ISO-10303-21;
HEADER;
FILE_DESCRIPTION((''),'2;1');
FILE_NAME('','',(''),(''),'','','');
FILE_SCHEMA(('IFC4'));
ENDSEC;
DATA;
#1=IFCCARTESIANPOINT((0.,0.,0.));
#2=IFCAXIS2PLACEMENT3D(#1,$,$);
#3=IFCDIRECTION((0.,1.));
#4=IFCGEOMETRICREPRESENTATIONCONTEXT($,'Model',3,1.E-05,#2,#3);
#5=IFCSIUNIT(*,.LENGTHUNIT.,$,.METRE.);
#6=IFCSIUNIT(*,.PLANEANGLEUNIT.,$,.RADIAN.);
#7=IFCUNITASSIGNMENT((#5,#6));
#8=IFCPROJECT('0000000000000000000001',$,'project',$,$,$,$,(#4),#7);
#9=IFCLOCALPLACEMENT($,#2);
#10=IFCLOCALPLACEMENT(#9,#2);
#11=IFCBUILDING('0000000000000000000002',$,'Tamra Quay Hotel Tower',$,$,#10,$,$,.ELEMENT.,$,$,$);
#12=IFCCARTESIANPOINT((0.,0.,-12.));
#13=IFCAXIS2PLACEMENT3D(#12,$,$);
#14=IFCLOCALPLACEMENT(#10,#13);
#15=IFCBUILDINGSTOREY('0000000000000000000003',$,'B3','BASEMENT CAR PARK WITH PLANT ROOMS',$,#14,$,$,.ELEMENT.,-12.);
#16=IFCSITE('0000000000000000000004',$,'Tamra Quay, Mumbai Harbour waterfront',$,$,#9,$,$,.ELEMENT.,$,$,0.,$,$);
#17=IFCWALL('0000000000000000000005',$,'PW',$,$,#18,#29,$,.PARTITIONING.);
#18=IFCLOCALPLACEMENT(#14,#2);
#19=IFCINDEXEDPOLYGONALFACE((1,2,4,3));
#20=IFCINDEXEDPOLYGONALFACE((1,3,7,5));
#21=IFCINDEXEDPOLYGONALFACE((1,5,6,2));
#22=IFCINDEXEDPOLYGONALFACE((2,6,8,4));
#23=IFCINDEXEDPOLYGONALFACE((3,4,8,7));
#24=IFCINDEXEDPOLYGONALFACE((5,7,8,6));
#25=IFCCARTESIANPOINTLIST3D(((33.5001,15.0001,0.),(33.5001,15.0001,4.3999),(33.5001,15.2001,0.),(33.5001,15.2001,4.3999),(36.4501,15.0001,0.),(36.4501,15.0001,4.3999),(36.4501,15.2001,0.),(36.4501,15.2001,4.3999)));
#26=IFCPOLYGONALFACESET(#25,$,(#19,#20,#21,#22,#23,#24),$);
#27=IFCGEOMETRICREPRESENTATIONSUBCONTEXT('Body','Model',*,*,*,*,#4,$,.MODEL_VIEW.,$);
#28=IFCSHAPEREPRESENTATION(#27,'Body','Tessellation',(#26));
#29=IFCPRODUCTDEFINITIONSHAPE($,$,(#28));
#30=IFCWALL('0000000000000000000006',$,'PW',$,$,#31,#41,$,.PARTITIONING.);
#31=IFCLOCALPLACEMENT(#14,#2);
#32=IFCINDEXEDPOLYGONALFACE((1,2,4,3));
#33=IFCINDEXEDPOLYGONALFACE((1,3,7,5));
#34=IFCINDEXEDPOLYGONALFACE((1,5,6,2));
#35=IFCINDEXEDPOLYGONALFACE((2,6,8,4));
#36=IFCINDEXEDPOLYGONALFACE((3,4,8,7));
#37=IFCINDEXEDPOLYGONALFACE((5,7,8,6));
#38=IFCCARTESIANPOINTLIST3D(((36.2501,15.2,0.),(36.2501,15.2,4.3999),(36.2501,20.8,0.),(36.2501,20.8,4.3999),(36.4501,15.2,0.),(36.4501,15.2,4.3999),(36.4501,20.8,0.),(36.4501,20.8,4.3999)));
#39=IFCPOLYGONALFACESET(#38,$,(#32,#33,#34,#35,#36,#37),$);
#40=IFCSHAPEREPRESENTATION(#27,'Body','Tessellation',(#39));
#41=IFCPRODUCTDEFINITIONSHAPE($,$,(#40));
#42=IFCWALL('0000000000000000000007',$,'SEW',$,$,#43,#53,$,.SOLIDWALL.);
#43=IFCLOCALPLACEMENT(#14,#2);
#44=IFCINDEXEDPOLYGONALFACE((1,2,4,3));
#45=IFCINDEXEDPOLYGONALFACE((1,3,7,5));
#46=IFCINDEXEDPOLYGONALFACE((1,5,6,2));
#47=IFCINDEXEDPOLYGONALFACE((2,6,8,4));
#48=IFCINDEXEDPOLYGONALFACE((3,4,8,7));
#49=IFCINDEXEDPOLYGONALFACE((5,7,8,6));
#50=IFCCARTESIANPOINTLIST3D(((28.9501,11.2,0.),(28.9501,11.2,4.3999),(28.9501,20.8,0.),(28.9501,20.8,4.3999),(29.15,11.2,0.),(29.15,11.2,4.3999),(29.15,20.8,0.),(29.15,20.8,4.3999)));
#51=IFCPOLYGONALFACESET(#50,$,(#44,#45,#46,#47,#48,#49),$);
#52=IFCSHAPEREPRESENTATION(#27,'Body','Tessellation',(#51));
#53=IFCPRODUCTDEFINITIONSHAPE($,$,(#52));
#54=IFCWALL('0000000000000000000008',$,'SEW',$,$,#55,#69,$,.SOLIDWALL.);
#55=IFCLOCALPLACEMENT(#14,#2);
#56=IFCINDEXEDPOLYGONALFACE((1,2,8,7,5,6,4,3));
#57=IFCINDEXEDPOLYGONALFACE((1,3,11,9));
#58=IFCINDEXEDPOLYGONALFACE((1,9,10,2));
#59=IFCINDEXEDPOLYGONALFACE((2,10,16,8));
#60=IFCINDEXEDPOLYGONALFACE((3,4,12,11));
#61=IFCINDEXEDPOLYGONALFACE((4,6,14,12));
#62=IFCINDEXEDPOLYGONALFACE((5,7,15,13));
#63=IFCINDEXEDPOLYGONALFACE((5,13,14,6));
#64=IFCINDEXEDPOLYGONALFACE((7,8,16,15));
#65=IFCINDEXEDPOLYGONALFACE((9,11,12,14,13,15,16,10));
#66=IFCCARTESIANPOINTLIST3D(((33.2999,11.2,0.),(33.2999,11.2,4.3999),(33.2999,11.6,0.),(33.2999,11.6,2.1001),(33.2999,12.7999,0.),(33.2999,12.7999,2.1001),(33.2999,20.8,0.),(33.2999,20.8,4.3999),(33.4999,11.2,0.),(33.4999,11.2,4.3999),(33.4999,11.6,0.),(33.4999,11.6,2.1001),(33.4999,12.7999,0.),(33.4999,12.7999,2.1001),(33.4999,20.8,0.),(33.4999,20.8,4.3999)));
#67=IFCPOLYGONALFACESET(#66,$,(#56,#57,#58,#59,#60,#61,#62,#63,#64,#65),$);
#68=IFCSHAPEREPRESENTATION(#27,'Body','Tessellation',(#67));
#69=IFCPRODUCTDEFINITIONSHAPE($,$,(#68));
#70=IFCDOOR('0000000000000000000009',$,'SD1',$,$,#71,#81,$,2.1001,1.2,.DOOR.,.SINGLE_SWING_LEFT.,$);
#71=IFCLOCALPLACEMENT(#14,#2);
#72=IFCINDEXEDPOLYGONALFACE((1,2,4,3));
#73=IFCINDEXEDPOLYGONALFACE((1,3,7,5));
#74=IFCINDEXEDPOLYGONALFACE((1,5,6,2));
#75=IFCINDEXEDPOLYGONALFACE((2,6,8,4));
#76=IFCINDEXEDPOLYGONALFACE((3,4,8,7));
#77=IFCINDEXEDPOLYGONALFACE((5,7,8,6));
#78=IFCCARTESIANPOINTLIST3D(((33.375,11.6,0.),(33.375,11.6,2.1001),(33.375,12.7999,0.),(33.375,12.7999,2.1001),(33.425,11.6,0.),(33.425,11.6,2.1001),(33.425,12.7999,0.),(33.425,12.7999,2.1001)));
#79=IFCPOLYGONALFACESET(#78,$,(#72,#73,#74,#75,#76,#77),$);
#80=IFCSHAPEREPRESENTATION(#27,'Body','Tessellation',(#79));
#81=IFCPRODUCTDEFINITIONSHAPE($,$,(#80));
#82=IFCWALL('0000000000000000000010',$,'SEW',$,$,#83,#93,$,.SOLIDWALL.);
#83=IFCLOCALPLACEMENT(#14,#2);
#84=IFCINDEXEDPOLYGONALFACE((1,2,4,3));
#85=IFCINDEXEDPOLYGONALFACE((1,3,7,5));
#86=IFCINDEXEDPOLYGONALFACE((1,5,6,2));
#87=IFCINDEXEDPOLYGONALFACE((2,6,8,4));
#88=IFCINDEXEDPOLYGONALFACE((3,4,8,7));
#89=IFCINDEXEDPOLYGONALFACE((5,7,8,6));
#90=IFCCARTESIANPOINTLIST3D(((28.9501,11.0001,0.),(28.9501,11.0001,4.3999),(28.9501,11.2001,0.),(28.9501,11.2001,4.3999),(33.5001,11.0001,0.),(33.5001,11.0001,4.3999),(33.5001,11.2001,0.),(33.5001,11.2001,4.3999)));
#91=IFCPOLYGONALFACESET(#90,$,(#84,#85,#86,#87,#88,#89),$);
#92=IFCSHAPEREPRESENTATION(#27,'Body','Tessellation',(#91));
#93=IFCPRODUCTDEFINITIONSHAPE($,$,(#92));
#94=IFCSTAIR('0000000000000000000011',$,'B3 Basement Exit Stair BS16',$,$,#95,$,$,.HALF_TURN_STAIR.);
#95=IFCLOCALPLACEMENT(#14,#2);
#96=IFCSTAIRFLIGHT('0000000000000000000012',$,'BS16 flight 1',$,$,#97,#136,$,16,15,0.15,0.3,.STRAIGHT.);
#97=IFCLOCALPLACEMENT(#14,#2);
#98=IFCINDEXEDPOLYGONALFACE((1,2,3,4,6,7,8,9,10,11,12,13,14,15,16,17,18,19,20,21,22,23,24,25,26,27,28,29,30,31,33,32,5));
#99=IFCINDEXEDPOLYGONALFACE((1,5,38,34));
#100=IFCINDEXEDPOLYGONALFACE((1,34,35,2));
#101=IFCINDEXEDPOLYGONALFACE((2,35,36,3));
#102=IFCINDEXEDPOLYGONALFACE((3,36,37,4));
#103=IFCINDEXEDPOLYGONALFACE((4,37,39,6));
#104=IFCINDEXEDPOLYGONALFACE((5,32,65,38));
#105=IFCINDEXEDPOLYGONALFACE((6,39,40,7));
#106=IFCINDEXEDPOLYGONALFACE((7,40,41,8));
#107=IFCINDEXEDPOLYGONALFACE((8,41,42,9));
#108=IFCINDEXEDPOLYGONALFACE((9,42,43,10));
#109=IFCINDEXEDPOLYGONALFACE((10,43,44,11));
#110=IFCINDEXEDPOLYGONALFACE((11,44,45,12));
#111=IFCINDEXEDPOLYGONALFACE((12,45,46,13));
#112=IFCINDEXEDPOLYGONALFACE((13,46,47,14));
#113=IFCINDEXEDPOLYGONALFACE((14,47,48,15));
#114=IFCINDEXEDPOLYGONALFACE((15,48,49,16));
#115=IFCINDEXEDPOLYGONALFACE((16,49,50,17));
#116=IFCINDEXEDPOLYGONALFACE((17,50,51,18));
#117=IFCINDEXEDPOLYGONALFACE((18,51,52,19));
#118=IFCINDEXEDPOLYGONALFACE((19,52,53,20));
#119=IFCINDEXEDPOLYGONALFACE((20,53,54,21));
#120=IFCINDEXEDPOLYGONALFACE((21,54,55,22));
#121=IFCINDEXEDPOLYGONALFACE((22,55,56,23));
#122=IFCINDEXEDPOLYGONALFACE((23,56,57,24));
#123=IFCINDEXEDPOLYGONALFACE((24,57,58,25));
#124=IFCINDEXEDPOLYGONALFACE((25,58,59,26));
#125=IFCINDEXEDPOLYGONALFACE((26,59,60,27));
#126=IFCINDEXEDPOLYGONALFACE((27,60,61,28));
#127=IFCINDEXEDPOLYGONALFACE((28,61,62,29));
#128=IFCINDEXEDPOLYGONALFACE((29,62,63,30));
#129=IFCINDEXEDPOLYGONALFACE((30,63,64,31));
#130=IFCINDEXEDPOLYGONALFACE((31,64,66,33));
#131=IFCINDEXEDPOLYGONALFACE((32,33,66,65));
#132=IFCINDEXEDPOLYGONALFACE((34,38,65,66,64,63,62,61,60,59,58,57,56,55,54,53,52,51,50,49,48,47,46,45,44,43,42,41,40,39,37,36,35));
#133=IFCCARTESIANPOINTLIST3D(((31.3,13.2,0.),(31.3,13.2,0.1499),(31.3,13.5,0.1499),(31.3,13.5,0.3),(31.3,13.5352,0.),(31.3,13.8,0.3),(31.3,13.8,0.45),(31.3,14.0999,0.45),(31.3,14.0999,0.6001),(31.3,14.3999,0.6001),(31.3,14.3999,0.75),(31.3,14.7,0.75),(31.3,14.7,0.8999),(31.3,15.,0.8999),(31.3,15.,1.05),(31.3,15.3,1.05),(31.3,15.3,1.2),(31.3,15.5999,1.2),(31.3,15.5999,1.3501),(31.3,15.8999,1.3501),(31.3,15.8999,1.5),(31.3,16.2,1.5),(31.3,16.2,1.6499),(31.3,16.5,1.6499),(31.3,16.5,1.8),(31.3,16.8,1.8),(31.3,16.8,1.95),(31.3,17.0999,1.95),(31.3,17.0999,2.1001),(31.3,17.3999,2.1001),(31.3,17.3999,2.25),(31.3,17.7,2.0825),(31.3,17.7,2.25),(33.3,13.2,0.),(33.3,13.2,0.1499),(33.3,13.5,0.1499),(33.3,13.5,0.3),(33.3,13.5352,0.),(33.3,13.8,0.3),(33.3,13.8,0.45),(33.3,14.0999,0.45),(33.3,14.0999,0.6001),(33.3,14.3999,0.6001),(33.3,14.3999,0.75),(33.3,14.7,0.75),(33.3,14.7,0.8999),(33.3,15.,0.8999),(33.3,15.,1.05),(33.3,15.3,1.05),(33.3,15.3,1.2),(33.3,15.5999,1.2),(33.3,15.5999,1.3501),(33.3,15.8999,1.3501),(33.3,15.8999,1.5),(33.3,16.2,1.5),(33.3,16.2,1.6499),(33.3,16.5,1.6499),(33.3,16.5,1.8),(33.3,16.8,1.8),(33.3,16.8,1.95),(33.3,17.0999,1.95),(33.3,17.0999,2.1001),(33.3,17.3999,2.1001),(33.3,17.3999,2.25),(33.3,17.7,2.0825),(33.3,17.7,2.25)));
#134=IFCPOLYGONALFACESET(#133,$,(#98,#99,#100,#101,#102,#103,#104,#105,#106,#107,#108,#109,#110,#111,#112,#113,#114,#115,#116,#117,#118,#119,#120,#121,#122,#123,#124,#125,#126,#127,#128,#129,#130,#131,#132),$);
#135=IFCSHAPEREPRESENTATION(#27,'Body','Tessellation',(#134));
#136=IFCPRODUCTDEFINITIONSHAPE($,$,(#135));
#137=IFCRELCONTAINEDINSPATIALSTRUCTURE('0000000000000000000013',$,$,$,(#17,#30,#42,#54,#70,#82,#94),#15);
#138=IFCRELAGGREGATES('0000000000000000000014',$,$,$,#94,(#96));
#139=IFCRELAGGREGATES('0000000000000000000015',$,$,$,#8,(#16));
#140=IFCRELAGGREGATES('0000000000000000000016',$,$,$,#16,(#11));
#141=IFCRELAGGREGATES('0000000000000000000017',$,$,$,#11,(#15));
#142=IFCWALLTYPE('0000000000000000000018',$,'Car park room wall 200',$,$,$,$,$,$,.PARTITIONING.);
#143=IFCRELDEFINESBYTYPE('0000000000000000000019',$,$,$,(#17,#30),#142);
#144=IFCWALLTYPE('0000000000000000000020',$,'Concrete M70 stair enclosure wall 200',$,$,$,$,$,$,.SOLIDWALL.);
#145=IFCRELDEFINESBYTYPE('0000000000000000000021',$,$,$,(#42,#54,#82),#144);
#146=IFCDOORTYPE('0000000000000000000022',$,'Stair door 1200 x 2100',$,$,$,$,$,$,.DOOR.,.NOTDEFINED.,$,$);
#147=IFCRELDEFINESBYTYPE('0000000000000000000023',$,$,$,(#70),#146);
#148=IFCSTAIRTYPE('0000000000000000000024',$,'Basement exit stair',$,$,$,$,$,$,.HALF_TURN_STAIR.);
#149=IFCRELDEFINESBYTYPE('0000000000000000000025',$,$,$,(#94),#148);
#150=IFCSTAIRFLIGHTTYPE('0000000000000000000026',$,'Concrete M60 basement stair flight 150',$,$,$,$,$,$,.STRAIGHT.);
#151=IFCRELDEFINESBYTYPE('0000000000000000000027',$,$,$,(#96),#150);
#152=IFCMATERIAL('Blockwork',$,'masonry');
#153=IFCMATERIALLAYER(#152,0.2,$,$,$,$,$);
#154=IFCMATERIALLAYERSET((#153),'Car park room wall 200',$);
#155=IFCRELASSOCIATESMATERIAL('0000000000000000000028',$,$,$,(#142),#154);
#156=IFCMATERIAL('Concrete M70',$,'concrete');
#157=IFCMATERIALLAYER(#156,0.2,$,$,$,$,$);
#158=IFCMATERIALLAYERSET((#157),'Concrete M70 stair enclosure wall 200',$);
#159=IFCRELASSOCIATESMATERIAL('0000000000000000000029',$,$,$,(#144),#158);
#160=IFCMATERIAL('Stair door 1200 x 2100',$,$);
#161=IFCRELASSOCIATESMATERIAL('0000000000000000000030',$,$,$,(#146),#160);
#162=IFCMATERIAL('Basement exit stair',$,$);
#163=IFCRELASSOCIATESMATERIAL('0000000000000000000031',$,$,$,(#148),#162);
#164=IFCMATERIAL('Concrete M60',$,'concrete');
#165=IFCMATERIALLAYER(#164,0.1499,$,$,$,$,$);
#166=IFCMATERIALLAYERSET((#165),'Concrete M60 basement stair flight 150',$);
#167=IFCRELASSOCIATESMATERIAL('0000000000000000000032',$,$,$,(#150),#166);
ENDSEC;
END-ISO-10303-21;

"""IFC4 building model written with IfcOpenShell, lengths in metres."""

from ifc_helpers import new_model, si_unit, direction, frame, frame_2d, origin, place, context, subcontext, project, spatial, polyline, rectangle, outline, extrude, material, layer, layer_set, type_object, element, fill, aggregate, save


model = new_model("IFC4")

# Units and contexts
model_context = context("Model", 3, precision=1e-05, world=origin(), true_north=direction((0.0, 1.0)))
body_context = subcontext(model_context, "Body", "Model", "MODEL_VIEW")
ifc_project = project(units=[si_unit("LENGTHUNIT", "METRE"), si_unit("PLANEANGLEUNIT", "RADIAN")], contexts=[model_context])

# Site, building, storey
site_placement = place(None, origin())
site = spatial("IfcSite", under=ifc_project, at=site_placement, Name="Tamra Quay, Mumbai Harbour waterfront", CompositionType="ELEMENT", RefElevation=0.0)
building_placement = place(site_placement, origin())
building = spatial("IfcBuilding", under=site, at=building_placement, Name="Tamra Quay Hotel Tower", CompositionType="ELEMENT")
storey_placement = place(building_placement, frame((0.0, 0.0, -12.0)))
storey = spatial("IfcBuildingStorey", under=building, at=storey_placement, Name="B3", Description="BASEMENT CAR PARK WITH PLANT ROOMS", CompositionType="ELEMENT", Elevation=-12.0)

# Shared definitions
ifc_material_1 = material(Name="Concrete M70", Category="concrete")

# Shared definitions
ifc_material_2 = material(Name="Blockwork", Category="masonry")
ifc_layer_1 = layer(ifc_material_2, 0.2)
ifc_layer_set_1 = layer_set([ifc_layer_1], Name="Car park room wall 200")
wall_type_1 = type_object("IfcWallType", Name="Car park room wall 200", PredefinedType="PARTITIONING", material=ifc_layer_set_1)

# Walls
wall_1_placement = place(storey_placement, frame((33.5, 15.1001, 0.0), z_axis=(0.0, 0.0, 1.0), x_axis=(1.0, 0.0, 0.0)))
element("IfcWall", 1, at=wall_1_placement, inside=storey, type_object=wall_type_1, Name="PW", PredefinedType="PARTITIONING", context=body_context, shape_type="SweptSolid", body=[
    extrude(rectangle(XDim=2.95, YDim=0.2, at=frame_2d((1.4751, 0.0))), origin(), (0.0, 0.0, 1.0), 4.3999),
])
wall_2_placement = place(storey_placement, frame((36.3501, 15.2, 0.0), z_axis=(0.0, 0.0, 1.0), x_axis=(0.0, 1.0, 0.0)))
element("IfcWall", 2, at=wall_2_placement, inside=storey, type_object=wall_type_1, Name="PW", PredefinedType="PARTITIONING", context=body_context, shape_type="SweptSolid", body=[
    extrude(rectangle(XDim=5.6001, YDim=0.2, at=frame_2d((2.8, 0.0))), origin(), (0.0, 0.0, 1.0), 4.3999),
])
ifc_layer_2 = layer(ifc_material_1, 0.2)
ifc_layer_set_2 = layer_set([ifc_layer_2], Name="Concrete M70 stair enclosure wall 200")
wall_type_2 = type_object("IfcWallType", Name="Concrete M70 stair enclosure wall 200", PredefinedType="SOLIDWALL", material=ifc_layer_set_2)
wall_3_placement = place(storey_placement, frame((29.05, 11.2, 0.0), z_axis=(0.0, 0.0, 1.0), x_axis=(0.0, 1.0, 0.0)))
element("IfcWall", 3, at=wall_3_placement, inside=storey, type_object=wall_type_2, Name="SEW", PredefinedType="SOLIDWALL", context=body_context, shape_type="SweptSolid", body=[
    extrude(rectangle(XDim=9.6001, YDim=0.2, at=frame_2d((4.8, 0.0))), origin(), (0.0, 0.0, 1.0), 4.3999),
])

# Wall, opening, door
wall_4_placement = place(storey_placement, frame((33.3999, 11.2, 0.0), z_axis=(0.0, 0.0, 1.0), x_axis=(0.0, 1.0, 0.0)))
wall_4 = element("IfcWall", 4, at=wall_4_placement, inside=storey, type_object=wall_type_2, Name="SEW", PredefinedType="SOLIDWALL", context=body_context, shape_type="SweptSolid", body=[
    extrude(rectangle(XDim=9.6001, YDim=0.2, at=frame_2d((4.8, 0.0))), origin(), (0.0, 0.0, 1.0), 4.3999),
])
opening_1_placement = place(wall_4_placement, frame((0.3999, 0.0, 0.0)))
opening_1 = element("IfcOpeningElement", 5, at=opening_1_placement, cuts=wall_4, PredefinedType="OPENING", context=body_context, shape_type="SweptSolid", body=[
    extrude(rectangle(XDim=1.2, YDim=2.1001, at=frame_2d((0.6001, 1.05))), frame((0.0, 0.1099, 0.0), z_axis=(0.0, -1.0, 0.0), x_axis=(1.0, 0.0, 0.0)), (0.0, 0.0, 1.0), 0.22),
])
ifc_material_3 = material(Name="Stair door 1200 x 2100")
door_type_1 = type_object("IfcDoorType", Name="Stair door 1200 x 2100", OperationType="NOTDEFINED", PredefinedType="DOOR", material=ifc_material_3)
door_1_placement = place(opening_1_placement, origin())
door_1 = element("IfcDoor", 6, at=door_1_placement, inside=storey, type_object=door_type_1, Name="SD1", OperationType="SINGLE_SWING_LEFT", OverallHeight=2.1001, OverallWidth=1.2, PredefinedType="DOOR", context=body_context, shape_type="SweptSolid", body=[
    extrude(rectangle(XDim=1.2, YDim=2.1001, at=frame_2d((0.6001, 1.05))), frame((0.0, 0.0249, 0.0), z_axis=(0.0, -1.0, 0.0), x_axis=(1.0, 0.0, 0.0)), (0.0, 0.0, 1.0), 0.05),
])
fill(opening_1, door_1)

# Wall
wall_5_placement = place(storey_placement, frame((33.5, 11.1001, 0.0), z_axis=(0.0, 0.0, 1.0), x_axis=(-1.0, 0.0, 0.0)))
element("IfcWall", 7, at=wall_5_placement, inside=storey, type_object=wall_type_2, Name="SEW", PredefinedType="SOLIDWALL", context=body_context, shape_type="SweptSolid", body=[
    extrude(rectangle(XDim=4.55, YDim=0.2, at=frame_2d((2.2749, 0.0))), origin(), (0.0, 0.0, 1.0), 4.3999),
])

# Stair, stair flight
ifc_material_4 = material(Name="Basement exit stair")
stair_type = type_object("IfcStairType", Name="Basement exit stair", PredefinedType="HALF_TURN_STAIR", material=ifc_material_4)
stair_placement = place(storey_placement, origin())
stair = element("IfcStair", 8, at=stair_placement, inside=storey, type_object=stair_type, Name="B3 Basement Exit Stair BS16", PredefinedType="HALF_TURN_STAIR")
ifc_material_5 = material(Name="Concrete M60", Category="concrete")
ifc_layer_3 = layer(ifc_material_5, 0.1499)
ifc_layer_set_3 = layer_set([ifc_layer_3], Name="Concrete M60 basement stair flight 150")
stair_flight_type = type_object("IfcStairFlightType", Name="Concrete M60 basement stair flight 150", PredefinedType="STRAIGHT", material=ifc_layer_set_3)
stair_flight_placement = place(storey_placement, frame((32.3, 13.2, 0.0), z_axis=(0.0, 0.0, 1.0), x_axis=(0.0, 1.0, 0.0)))
stair_flight = element("IfcStairFlight", 9, at=stair_flight_placement, type_object=stair_flight_type, Name="BS16 flight 1", NumberOfRisers=16, NumberOfTreads=15, PredefinedType="STRAIGHT", RiserHeight=0.15, TreadLength=0.3, context=body_context, shape_type="SweptSolid", body=[
    extrude(outline(polyline([(0.0, 0.0), (0.0, 0.1499), (0.3, 0.1499), (0.3, 0.3), (0.6001, 0.3), (0.6001, 0.45), (0.8999, 0.45), (0.8999, 0.6001), (1.2, 0.6001), (1.2, 0.75), (1.5, 0.75), (1.5, 0.8999), (1.8, 0.8999), (1.8, 1.05), (2.1001, 1.05), (2.1001, 1.2), (2.3999, 1.2), (2.3999, 1.3501), (2.7, 1.3501), (2.7, 1.5), (3.0, 1.5), (3.0, 1.6499), (3.3, 1.6499), (3.3, 1.8), (3.6001, 1.8), (3.6001, 1.95), (3.8999, 1.95), (3.8999, 2.1001), (4.2, 2.1001), (4.2, 2.25), (4.5, 2.25), (4.5, 2.3999), (4.5, 2.0825), (0.3352, 0.0), (0.0, 0.0)])), frame((0.0, 1.0, 0.0), z_axis=(0.0, -1.0, 0.0), x_axis=(1.0, 0.0, 0.0)), (0.0, 0.0, 1.0), 2.0),
])
aggregate(stair, [stair_flight])

save(model, "model.ifc")
